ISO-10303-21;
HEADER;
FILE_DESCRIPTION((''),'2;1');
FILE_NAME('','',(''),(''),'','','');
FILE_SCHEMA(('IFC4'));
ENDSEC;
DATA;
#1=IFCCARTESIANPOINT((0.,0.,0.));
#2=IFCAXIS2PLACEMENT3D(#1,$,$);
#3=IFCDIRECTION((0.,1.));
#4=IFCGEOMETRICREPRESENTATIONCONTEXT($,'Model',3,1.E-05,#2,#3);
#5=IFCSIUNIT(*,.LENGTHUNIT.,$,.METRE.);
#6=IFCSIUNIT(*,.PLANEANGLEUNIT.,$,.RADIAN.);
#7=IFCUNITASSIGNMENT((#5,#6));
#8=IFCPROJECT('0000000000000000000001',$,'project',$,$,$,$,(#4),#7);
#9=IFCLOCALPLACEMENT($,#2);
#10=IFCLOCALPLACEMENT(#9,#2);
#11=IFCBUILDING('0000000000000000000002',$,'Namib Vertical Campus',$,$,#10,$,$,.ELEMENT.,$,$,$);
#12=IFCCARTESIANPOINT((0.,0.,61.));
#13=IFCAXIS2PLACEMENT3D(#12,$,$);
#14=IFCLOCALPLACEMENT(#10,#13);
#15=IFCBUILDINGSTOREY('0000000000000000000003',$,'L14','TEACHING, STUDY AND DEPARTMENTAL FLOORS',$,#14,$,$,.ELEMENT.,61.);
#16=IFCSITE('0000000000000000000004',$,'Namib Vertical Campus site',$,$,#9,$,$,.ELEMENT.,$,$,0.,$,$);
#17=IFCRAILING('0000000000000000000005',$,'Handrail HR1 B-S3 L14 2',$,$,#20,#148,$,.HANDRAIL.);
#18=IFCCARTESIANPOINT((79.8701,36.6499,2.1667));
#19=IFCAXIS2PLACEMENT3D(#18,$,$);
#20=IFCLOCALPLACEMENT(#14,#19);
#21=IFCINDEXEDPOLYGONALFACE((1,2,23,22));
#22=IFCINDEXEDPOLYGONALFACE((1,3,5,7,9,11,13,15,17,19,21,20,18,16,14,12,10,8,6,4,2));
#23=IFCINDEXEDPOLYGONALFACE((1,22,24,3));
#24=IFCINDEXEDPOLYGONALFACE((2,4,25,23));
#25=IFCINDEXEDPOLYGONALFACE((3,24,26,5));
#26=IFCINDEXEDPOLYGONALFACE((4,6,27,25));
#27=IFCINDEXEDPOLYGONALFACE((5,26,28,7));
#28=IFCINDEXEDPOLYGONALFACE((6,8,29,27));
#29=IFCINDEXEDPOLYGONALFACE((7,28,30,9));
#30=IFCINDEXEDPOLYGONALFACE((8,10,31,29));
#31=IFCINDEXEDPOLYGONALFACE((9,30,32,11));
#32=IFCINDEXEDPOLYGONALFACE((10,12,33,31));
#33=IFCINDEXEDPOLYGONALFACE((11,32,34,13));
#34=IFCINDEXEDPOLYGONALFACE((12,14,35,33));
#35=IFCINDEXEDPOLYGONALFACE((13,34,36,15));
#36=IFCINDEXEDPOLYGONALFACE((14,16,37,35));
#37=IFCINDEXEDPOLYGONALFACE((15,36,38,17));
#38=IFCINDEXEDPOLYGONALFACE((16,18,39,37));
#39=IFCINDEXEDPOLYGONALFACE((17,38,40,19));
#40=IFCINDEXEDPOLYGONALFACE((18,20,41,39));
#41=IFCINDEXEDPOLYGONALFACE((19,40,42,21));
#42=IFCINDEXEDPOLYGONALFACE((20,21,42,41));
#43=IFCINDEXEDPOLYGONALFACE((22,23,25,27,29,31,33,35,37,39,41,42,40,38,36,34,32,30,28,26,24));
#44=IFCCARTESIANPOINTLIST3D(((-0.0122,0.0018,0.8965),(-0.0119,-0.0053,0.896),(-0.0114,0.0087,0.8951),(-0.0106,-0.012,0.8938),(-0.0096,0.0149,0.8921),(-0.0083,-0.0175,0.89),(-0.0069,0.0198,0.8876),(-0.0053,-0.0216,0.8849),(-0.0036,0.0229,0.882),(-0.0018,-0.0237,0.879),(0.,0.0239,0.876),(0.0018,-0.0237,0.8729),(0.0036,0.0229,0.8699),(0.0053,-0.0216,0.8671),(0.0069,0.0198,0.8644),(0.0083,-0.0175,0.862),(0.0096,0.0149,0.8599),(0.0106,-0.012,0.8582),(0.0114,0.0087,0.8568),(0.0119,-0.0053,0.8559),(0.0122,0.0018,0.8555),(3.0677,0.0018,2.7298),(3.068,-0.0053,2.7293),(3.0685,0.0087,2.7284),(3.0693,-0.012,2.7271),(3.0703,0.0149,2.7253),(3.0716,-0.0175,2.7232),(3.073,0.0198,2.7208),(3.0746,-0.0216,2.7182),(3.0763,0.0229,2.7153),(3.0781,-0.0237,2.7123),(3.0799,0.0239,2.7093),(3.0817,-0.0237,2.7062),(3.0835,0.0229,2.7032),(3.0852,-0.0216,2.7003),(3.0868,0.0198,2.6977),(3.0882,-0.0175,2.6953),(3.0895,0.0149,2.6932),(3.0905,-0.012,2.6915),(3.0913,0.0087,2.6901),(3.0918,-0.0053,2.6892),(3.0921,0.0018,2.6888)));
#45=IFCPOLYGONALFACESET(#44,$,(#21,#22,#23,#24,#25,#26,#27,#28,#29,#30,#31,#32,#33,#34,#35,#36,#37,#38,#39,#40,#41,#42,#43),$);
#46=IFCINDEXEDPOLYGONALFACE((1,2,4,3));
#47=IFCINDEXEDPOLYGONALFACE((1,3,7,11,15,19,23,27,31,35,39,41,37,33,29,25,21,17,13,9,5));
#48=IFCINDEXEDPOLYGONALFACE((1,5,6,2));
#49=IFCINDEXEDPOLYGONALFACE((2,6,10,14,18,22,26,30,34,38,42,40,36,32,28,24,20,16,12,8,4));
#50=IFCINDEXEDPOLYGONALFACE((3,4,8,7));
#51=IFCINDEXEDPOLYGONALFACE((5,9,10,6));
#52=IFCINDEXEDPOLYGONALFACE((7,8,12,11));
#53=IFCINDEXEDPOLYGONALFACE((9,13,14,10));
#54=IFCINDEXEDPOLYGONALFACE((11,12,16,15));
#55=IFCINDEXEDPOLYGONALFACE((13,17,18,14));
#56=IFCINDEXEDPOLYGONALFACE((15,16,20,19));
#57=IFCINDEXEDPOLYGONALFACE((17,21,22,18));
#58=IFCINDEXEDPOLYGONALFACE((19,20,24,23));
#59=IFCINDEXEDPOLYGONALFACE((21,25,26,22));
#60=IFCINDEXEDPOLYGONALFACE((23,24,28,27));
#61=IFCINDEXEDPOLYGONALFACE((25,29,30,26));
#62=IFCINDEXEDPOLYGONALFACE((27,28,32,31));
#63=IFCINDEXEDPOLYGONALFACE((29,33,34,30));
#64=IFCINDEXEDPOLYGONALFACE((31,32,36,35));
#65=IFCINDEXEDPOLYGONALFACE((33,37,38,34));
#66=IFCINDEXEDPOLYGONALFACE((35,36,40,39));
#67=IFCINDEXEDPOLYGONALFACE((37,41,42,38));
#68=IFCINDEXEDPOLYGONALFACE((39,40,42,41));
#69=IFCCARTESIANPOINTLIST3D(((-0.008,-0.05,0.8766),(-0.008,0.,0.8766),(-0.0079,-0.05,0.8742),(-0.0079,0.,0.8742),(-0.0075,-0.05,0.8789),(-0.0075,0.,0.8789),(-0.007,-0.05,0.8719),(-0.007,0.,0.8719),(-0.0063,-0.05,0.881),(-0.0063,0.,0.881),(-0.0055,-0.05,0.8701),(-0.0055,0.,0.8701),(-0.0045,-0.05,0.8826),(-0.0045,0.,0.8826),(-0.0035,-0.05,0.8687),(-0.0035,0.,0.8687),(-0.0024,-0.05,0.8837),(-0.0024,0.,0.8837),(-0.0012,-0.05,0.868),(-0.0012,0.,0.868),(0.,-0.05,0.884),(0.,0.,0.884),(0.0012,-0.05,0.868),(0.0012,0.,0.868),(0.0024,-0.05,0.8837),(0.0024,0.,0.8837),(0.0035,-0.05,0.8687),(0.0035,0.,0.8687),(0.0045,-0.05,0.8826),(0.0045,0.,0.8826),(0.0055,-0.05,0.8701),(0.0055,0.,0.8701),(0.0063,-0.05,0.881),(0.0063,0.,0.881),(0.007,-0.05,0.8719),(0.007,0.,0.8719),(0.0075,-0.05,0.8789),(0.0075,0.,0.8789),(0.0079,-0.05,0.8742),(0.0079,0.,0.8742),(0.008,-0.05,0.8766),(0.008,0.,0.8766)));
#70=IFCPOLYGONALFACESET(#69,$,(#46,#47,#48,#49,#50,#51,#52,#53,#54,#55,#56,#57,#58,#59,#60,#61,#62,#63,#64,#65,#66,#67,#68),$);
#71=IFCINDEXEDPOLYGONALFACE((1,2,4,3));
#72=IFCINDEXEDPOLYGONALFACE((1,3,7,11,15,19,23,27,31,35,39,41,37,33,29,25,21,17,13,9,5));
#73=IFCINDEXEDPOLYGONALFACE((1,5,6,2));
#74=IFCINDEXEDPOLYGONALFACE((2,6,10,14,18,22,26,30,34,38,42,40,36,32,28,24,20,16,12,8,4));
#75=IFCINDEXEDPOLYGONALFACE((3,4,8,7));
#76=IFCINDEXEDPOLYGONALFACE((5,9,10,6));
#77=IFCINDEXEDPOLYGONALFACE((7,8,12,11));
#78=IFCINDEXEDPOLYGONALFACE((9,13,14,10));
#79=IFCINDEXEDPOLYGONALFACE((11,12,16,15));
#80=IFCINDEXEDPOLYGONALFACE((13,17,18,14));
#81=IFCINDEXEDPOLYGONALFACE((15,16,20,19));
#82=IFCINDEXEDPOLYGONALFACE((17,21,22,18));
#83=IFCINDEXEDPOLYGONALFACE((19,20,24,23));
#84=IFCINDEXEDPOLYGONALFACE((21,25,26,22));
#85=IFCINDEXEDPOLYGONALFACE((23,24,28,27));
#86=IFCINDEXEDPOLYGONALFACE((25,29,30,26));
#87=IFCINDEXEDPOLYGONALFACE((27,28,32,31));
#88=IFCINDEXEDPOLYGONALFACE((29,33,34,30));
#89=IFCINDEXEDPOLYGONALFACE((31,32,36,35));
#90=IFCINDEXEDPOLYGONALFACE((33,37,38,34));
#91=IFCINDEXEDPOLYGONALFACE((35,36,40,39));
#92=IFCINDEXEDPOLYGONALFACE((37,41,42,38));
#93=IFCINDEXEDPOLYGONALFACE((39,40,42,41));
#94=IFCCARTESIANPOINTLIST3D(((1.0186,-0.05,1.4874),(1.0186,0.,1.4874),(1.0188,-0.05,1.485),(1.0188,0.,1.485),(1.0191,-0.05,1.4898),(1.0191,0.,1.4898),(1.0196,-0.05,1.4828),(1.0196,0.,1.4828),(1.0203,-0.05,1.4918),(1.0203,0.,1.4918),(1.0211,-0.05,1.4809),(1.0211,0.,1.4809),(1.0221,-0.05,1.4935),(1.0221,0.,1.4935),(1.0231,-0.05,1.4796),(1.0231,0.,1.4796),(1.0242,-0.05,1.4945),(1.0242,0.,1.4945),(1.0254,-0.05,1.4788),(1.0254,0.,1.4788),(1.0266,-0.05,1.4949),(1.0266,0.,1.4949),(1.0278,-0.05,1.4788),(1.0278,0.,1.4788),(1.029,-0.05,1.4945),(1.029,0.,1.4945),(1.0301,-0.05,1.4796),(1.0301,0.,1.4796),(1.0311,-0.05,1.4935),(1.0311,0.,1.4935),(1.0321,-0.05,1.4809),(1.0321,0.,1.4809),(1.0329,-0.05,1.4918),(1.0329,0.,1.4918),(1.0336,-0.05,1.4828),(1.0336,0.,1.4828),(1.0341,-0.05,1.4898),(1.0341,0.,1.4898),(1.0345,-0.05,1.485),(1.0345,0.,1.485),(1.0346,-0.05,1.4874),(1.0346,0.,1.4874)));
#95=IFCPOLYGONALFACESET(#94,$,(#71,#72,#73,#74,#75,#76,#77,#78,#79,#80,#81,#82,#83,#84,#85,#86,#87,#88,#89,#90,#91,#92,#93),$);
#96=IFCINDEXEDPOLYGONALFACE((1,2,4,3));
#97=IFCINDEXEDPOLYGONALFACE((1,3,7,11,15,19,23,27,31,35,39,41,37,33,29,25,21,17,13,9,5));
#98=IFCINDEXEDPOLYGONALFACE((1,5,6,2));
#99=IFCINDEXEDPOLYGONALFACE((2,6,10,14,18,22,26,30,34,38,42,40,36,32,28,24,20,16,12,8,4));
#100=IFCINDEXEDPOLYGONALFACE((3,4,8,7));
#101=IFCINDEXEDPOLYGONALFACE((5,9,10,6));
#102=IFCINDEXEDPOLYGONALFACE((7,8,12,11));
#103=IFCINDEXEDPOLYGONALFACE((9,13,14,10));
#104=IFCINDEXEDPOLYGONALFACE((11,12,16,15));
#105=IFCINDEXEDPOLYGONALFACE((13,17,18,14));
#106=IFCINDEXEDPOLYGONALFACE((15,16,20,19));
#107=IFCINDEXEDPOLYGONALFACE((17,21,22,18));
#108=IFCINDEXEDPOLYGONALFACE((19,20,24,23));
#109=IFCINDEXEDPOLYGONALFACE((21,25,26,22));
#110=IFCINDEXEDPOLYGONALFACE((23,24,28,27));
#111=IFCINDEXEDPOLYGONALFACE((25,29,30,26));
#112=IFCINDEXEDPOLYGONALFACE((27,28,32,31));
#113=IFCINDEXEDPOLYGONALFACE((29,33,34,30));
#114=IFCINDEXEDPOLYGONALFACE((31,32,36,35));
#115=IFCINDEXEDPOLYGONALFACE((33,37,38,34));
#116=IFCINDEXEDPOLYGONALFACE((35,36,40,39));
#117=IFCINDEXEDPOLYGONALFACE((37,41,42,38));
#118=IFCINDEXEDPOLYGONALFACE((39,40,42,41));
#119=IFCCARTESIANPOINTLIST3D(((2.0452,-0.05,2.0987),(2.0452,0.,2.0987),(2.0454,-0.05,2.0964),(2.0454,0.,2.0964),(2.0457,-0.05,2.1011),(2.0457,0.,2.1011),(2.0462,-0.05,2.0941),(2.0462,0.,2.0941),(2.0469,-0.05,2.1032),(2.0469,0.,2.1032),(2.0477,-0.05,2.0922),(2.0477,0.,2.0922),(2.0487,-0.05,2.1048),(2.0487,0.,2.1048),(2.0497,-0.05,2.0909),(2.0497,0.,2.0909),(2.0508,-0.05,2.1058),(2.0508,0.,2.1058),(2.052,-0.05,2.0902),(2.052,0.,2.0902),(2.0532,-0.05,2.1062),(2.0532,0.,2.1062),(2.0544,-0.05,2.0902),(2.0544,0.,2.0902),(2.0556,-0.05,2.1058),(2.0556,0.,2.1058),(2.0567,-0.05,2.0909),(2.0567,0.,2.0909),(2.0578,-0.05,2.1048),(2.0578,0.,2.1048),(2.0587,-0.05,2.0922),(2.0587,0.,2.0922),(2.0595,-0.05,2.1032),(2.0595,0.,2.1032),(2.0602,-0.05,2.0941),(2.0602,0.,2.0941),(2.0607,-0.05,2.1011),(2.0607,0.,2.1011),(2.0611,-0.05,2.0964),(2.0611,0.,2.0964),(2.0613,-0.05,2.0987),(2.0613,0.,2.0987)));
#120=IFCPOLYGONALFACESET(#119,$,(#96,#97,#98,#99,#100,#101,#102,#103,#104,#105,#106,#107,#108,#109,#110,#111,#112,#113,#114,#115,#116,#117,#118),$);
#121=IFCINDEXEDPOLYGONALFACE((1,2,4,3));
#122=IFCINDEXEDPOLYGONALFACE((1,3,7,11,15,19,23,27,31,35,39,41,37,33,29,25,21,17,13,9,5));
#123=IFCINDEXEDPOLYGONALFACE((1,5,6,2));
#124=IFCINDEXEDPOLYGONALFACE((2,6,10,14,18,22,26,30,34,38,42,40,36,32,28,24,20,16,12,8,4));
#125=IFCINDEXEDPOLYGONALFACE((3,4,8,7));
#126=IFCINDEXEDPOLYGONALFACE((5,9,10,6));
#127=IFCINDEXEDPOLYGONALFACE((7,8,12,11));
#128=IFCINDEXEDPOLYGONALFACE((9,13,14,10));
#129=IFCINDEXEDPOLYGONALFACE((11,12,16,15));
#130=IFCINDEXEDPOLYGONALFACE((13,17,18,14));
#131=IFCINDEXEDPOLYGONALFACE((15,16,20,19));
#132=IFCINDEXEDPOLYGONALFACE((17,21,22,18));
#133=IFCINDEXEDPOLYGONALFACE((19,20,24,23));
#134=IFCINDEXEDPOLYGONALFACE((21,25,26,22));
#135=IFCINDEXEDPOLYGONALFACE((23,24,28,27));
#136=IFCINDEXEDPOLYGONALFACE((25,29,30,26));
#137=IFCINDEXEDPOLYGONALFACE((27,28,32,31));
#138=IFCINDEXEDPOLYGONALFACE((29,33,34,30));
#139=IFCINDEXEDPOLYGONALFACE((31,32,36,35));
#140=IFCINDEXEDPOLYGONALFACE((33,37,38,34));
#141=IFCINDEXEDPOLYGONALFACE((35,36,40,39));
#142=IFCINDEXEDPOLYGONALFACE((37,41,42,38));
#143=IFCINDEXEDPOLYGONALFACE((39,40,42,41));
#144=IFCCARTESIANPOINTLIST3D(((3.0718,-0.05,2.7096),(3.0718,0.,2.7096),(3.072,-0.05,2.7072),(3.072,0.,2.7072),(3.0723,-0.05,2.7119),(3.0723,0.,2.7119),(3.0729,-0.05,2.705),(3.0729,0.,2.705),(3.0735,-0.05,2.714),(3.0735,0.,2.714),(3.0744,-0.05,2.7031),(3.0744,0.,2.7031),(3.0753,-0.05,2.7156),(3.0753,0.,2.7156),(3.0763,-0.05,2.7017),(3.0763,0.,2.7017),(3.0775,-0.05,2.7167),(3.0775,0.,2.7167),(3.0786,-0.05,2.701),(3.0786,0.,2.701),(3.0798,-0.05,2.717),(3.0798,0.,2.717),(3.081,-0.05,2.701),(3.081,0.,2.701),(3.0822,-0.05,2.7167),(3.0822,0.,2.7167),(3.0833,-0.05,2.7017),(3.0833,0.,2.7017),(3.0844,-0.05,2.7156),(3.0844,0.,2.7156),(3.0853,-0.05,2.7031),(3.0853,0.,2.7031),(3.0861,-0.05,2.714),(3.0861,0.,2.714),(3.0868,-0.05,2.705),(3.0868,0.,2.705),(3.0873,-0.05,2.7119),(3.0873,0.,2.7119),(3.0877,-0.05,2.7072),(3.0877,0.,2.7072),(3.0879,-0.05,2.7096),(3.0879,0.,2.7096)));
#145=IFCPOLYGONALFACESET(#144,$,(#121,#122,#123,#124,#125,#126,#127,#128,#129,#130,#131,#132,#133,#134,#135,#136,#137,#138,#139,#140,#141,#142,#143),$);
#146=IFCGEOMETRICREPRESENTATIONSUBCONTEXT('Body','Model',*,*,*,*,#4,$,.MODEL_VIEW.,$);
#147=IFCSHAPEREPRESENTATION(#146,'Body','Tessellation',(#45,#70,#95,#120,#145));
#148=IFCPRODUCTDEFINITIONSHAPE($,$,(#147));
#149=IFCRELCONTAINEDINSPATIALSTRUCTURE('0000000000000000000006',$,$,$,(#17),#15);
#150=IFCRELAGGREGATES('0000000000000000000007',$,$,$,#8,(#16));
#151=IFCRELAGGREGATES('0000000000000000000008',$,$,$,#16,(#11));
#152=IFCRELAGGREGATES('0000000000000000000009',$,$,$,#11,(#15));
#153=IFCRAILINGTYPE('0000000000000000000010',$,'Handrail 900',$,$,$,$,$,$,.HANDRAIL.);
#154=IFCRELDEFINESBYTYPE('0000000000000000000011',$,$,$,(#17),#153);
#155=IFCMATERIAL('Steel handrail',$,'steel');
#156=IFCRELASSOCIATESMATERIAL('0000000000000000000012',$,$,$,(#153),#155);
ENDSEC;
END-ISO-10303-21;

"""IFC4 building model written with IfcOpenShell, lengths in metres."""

from ifc_helpers import new_model, si_unit, direction, frame, origin, origin_2d, place, context, subcontext, project, spatial, circle, extrude, material, type_object, element, save


model = new_model("IFC4")

# Units and contexts
model_context = context("Model", 3, precision=1e-05, world=origin(), true_north=direction((0.0, 1.0)))
body_context = subcontext(model_context, "Body", "Model", "MODEL_VIEW")
ifc_project = project(units=[si_unit("LENGTHUNIT", "METRE"), si_unit("PLANEANGLEUNIT", "RADIAN")], contexts=[model_context])

# Site, building, storey
site_placement = place(None, origin())
site = spatial("IfcSite", under=ifc_project, at=site_placement, Name="Namib Vertical Campus site", CompositionType="ELEMENT", RefElevation=0.0)
building_placement = place(site_placement, origin())
building = spatial("IfcBuilding", under=site, at=building_placement, Name="Namib Vertical Campus", CompositionType="ELEMENT")
storey_placement = place(building_placement, frame((0.0, 0.0, 61.0)))
storey = spatial("IfcBuildingStorey", under=building, at=storey_placement, Name="L14", Description="TEACHING, STUDY AND DEPARTMENTAL FLOORS", CompositionType="ELEMENT", Elevation=61.0)

# Railing
ifc_material_1 = material(Name="Steel handrail", Category="steel")
railing_type = type_object("IfcRailingType", Name="Handrail 900", PredefinedType="HANDRAIL", material=ifc_material_1)
railing_placement = place(storey_placement, frame((79.8701, 36.6499, 2.1667)))
element("IfcRailing", 1, at=railing_placement, inside=storey, type_object=railing_type, Name="Handrail HR1 B-S3 L14 2", PredefinedType="HANDRAIL", context=body_context, shape_type="SweptSolid", body=[
    extrude(circle(Radius=0.0239, at=origin_2d()), frame((0.0, 0.0, 0.876), z_axis=(0.859291, 0.0, 0.511487), x_axis=(0.0, 1.0, 0.0)), (0.0, 0.0, 1.0), 3.5842),
    extrude(circle(Radius=0.0081, at=origin_2d()), frame((0.0, 0.0, 0.876), z_axis=(0.0, -1.0, 0.0), x_axis=(0.0, 0.0, 1.0)), (0.0, 0.0, 1.0), 0.05),
    extrude(circle(Radius=0.0081, at=origin_2d()), frame((1.0266, 0.0, 1.4868), z_axis=(0.0, -1.0, 0.0), x_axis=(0.0, 0.0, 1.0)), (0.0, 0.0, 1.0), 0.05),
    extrude(circle(Radius=0.0081, at=origin_2d()), frame((2.0532, 0.0, 2.0981), z_axis=(0.0, -1.0, 0.0), x_axis=(0.0, 0.0, 1.0)), (0.0, 0.0, 1.0), 0.05),
    extrude(circle(Radius=0.0081, at=origin_2d()), frame((3.0798, 0.0, 2.709), z_axis=(0.0, -1.0, 0.0), x_axis=(0.0, 0.0, 1.0)), (0.0, 0.0, 1.0), 0.05),
])

save(model, "model.ifc")
